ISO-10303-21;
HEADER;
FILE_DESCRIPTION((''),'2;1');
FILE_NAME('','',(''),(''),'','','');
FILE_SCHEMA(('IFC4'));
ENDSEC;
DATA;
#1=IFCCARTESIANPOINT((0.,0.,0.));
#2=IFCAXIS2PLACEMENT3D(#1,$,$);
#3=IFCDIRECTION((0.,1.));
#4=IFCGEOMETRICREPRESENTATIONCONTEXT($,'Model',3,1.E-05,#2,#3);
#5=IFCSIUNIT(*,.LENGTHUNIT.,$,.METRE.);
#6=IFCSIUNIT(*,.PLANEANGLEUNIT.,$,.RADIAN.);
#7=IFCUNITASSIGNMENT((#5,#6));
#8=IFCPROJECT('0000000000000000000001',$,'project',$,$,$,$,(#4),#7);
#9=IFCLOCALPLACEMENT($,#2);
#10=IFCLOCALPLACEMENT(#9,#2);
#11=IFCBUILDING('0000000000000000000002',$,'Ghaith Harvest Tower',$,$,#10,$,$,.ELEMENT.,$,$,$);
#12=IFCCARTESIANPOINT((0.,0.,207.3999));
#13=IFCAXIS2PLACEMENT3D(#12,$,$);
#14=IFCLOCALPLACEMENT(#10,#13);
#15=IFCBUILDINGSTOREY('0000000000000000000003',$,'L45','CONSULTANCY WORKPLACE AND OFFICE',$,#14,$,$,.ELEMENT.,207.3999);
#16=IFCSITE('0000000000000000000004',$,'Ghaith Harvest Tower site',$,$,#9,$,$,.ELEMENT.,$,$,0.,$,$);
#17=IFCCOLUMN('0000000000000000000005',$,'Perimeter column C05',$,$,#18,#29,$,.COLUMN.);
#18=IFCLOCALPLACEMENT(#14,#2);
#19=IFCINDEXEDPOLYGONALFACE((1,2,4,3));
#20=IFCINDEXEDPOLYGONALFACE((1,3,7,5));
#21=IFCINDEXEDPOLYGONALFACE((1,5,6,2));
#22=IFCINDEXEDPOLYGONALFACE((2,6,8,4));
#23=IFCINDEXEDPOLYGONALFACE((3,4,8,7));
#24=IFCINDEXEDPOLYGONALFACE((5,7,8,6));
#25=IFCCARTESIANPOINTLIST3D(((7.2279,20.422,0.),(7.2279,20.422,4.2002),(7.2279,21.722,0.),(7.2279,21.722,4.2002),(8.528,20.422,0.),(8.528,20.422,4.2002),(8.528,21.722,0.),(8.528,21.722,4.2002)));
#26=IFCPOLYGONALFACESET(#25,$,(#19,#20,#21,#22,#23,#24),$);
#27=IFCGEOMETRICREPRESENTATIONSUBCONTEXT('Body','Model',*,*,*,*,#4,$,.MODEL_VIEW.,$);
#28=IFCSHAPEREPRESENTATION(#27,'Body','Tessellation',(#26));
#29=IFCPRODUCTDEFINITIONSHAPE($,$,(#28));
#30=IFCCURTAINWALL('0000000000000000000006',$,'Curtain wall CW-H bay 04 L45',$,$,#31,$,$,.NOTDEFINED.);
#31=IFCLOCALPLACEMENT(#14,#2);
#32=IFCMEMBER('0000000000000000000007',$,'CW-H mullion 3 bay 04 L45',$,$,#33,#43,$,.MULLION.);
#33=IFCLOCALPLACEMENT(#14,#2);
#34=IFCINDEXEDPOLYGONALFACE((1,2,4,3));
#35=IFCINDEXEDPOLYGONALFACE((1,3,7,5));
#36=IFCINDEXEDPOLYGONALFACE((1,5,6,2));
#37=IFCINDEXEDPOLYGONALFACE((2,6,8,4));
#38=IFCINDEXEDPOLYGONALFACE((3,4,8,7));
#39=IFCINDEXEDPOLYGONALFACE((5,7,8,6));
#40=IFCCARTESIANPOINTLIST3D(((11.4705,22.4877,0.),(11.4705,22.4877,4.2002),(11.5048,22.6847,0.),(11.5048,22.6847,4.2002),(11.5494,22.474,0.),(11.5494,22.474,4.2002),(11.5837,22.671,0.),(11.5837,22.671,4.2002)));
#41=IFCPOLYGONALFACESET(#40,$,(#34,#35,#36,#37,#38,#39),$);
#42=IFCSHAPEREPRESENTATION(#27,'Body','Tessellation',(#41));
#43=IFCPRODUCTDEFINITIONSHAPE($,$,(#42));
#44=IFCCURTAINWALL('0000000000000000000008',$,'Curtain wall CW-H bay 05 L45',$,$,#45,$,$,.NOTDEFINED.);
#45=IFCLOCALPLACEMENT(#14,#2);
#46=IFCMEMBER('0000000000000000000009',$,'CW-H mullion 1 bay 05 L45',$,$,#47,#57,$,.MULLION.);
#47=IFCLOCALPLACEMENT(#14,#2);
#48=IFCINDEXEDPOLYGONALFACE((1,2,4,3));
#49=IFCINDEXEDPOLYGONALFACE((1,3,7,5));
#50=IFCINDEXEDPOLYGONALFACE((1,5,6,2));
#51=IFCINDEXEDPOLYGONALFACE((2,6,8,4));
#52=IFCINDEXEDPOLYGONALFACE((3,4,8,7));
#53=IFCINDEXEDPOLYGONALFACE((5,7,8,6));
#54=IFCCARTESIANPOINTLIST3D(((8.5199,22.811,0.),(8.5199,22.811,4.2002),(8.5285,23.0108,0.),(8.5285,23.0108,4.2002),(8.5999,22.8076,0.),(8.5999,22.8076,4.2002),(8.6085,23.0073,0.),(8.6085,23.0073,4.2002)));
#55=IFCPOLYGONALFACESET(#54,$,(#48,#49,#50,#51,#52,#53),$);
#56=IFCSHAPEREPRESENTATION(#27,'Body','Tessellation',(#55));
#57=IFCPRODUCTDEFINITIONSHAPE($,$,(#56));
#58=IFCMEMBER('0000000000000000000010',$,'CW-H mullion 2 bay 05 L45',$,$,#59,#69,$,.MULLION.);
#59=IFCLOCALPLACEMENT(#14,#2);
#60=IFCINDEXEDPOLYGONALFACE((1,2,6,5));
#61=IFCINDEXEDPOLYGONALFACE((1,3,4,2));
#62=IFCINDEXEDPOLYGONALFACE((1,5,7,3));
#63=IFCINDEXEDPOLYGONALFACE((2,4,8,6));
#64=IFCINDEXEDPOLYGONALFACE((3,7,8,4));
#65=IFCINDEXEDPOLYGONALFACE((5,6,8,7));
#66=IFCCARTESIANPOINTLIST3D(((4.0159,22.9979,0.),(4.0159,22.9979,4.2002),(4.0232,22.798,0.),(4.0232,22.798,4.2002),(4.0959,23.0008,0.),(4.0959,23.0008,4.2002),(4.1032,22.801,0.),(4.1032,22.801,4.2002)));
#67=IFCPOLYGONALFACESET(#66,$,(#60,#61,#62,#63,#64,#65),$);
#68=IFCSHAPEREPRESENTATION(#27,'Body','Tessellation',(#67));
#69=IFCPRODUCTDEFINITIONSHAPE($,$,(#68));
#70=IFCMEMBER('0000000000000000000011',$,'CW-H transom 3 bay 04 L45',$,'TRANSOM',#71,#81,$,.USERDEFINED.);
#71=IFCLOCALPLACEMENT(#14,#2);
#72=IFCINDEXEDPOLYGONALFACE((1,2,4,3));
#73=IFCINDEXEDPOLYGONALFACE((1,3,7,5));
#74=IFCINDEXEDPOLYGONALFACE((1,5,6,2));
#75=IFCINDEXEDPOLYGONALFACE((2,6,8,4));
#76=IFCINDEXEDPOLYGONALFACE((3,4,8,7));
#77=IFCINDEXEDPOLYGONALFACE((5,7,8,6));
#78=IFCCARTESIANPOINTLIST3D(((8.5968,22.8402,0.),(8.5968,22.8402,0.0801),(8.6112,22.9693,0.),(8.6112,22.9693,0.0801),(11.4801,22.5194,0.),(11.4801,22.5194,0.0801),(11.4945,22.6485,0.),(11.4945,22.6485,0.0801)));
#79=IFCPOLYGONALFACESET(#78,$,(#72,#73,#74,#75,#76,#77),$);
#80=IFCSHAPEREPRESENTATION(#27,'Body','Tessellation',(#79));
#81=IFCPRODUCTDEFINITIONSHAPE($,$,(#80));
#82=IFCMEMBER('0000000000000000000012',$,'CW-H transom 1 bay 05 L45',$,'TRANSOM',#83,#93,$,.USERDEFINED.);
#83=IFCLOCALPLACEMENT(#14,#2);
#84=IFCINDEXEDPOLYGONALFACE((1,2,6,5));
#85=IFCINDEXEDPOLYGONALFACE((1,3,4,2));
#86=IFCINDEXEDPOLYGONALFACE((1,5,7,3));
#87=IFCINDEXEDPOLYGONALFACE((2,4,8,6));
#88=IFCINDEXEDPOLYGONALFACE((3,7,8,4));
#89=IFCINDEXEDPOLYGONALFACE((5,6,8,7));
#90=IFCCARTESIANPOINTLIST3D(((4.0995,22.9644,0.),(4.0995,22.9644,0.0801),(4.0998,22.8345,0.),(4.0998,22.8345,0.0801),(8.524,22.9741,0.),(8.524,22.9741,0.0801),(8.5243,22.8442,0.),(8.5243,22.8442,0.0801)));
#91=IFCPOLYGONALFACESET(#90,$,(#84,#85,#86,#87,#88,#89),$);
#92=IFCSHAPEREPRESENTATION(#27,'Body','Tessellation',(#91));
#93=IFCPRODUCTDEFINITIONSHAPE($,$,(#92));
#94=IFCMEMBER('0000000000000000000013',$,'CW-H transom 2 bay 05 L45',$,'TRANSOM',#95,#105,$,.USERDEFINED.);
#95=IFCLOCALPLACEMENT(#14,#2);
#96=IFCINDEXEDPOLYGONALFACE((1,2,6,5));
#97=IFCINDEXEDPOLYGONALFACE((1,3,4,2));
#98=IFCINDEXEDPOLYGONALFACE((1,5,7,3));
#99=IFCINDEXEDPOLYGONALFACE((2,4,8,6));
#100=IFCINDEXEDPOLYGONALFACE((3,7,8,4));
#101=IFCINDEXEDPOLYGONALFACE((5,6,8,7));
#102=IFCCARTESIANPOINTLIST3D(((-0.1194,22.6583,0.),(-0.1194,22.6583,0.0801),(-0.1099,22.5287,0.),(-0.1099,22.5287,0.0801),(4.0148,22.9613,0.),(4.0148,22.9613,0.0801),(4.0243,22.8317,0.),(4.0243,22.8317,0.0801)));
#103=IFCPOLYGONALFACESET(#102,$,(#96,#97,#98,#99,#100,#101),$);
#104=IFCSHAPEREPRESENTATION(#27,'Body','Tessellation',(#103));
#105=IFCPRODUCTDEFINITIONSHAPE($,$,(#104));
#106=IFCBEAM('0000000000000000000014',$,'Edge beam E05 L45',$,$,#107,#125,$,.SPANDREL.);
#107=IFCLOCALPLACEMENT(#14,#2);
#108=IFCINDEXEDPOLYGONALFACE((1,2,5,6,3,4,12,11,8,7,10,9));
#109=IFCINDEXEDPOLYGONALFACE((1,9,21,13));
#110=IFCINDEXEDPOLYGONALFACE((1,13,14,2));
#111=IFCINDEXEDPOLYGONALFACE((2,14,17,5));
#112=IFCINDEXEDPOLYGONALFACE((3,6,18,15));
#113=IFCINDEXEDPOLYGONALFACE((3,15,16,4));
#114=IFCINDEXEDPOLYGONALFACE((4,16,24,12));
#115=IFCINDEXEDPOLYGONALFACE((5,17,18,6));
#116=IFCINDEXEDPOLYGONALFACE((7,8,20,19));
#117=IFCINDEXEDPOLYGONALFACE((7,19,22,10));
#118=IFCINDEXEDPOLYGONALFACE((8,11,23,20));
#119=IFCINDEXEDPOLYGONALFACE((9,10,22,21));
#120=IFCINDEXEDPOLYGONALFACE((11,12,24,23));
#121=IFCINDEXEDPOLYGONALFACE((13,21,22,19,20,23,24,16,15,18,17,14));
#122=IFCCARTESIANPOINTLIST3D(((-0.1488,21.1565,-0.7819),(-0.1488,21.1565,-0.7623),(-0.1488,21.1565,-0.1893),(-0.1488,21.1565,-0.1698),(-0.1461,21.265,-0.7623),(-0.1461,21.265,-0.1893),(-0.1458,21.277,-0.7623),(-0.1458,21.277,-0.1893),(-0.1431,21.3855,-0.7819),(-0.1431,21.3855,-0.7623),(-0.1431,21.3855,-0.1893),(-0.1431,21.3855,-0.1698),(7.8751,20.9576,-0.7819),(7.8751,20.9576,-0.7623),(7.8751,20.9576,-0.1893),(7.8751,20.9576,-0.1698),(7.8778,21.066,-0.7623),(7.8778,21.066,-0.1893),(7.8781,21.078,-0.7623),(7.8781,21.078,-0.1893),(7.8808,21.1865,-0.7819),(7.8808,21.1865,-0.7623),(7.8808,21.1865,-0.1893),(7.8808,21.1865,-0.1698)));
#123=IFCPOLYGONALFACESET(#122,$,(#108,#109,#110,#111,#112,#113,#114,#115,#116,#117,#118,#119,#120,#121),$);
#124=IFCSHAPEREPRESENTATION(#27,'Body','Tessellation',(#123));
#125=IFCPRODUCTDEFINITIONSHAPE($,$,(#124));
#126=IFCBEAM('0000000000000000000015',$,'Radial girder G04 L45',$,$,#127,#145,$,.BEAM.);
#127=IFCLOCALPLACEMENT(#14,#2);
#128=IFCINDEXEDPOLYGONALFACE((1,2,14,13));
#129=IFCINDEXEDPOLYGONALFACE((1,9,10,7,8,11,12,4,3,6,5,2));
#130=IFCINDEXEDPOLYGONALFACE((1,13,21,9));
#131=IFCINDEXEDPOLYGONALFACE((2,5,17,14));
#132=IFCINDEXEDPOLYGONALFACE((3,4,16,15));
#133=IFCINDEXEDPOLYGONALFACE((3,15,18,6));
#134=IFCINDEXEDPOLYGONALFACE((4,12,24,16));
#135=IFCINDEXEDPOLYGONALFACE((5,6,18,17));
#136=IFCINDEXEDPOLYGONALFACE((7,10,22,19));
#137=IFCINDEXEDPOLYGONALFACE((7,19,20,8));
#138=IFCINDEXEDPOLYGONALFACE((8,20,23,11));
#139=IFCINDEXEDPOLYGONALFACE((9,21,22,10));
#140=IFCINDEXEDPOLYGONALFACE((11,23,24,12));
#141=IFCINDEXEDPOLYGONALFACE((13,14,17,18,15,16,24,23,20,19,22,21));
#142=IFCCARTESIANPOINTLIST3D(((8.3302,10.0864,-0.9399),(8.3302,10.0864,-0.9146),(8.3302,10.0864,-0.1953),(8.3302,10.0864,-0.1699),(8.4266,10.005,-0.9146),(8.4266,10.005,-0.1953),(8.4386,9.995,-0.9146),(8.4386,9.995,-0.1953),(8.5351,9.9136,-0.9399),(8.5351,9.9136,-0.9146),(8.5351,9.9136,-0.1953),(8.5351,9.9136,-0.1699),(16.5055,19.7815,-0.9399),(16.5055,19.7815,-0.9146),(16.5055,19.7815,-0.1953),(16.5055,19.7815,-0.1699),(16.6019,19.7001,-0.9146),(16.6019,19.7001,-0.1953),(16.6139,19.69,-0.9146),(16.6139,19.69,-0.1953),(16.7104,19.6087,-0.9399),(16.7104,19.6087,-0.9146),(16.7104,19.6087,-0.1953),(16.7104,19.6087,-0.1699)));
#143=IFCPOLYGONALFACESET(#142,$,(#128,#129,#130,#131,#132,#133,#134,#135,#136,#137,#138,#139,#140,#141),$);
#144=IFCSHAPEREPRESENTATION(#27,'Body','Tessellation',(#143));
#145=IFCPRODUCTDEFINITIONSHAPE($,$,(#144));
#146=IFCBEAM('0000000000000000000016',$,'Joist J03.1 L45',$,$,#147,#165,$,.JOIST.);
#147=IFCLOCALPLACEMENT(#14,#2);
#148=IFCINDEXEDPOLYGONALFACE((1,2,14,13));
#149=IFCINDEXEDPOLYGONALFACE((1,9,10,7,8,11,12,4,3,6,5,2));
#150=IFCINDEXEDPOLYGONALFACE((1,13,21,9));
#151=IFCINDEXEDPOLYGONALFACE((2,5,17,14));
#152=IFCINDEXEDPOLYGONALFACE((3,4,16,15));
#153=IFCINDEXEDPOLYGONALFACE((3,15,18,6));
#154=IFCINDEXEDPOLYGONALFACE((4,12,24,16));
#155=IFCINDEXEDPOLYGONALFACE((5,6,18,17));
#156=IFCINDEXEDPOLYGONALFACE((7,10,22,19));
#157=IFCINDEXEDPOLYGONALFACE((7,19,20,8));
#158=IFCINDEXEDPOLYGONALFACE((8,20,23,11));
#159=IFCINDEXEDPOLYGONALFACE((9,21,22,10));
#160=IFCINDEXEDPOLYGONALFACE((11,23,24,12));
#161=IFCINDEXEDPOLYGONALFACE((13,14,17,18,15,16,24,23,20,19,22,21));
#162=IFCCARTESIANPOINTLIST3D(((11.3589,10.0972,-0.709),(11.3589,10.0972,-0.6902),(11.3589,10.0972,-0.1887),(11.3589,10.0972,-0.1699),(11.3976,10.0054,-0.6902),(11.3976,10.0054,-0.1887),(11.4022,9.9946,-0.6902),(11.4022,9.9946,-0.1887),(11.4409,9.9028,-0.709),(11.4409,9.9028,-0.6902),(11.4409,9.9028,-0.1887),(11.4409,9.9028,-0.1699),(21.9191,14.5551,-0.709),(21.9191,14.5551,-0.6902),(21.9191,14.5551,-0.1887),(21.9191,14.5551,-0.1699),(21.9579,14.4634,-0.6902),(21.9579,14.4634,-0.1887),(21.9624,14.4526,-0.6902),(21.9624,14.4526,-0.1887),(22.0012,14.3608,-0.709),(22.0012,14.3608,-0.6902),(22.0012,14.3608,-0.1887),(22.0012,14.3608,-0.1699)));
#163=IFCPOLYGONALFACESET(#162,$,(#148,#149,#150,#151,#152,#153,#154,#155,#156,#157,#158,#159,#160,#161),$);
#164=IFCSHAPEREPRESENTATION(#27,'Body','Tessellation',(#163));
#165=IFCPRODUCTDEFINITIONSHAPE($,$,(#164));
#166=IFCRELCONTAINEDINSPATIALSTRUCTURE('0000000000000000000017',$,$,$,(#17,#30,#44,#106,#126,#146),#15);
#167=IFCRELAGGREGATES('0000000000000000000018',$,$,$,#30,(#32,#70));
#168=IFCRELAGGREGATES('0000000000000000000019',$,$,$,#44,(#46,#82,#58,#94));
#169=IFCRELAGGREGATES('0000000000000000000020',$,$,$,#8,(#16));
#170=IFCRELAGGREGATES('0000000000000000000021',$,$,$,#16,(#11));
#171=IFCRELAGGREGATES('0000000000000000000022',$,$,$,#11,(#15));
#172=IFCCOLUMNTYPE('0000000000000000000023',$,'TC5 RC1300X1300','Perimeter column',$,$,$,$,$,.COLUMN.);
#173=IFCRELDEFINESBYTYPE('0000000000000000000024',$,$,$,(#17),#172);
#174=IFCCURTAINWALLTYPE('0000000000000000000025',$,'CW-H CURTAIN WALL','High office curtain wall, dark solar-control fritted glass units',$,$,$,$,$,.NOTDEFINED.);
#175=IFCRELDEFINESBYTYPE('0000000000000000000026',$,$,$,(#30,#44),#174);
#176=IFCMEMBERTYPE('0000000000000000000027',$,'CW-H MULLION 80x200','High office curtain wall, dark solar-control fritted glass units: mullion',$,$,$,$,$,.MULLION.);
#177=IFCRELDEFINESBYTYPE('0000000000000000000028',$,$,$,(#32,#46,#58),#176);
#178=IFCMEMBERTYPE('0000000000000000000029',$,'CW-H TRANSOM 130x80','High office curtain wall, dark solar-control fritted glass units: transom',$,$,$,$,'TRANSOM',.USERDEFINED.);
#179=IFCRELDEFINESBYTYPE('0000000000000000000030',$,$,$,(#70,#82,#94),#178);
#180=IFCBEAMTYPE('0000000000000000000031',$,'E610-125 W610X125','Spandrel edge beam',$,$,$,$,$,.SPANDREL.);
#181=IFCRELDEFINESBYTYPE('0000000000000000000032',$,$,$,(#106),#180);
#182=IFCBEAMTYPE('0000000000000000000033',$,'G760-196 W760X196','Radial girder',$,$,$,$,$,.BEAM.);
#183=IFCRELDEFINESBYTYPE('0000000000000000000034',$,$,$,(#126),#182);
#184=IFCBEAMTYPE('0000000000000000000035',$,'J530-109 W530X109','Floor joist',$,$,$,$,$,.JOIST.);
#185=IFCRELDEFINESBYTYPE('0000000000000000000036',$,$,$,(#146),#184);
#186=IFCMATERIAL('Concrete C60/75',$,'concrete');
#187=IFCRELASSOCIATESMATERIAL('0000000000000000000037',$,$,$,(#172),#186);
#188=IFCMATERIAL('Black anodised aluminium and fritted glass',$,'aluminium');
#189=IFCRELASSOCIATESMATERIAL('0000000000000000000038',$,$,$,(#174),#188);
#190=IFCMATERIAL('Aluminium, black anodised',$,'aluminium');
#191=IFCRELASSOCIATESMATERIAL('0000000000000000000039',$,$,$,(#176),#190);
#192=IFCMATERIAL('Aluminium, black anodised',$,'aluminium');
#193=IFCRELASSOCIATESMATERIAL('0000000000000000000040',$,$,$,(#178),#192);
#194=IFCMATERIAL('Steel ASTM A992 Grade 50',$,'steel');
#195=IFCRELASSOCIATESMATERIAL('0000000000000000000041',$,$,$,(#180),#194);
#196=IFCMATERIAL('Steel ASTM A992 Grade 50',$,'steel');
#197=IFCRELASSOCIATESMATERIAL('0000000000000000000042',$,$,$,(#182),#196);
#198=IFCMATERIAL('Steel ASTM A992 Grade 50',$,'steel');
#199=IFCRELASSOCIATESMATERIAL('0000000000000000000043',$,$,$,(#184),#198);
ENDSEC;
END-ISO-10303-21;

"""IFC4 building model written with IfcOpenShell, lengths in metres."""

from ifc_helpers import new_model, si_unit, direction, frame, origin, origin_2d, place, context, subcontext, project, spatial, rectangle, i_section, extrude, material, material_profile, profile_set, type_object, element, aggregate, save


model = new_model("IFC4")

# Units and contexts
model_context = context("Model", 3, precision=1e-05, world=origin(), true_north=direction((0.0, 1.0)))
body_context = subcontext(model_context, "Body", "Model", "MODEL_VIEW")
ifc_project = project(units=[si_unit("LENGTHUNIT", "METRE"), si_unit("PLANEANGLEUNIT", "RADIAN")], contexts=[model_context])

# Site, building, storey
site_placement = place(None, origin())
site = spatial("IfcSite", under=ifc_project, at=site_placement, Name="Ghaith Harvest Tower site", CompositionType="ELEMENT", RefElevation=0.0)
building_placement = place(site_placement, origin())
building = spatial("IfcBuilding", under=site, at=building_placement, Name="Ghaith Harvest Tower", CompositionType="ELEMENT")
storey_placement = place(building_placement, frame((0.0, 0.0, 207.3999)))
storey = spatial("IfcBuildingStorey", under=building, at=storey_placement, Name="L45", Description="CONSULTANCY WORKPLACE AND OFFICE", CompositionType="ELEMENT", Elevation=207.3999)

# Column
ifc_material_1 = material(Name="Concrete C60/75", Category="concrete")
ifc_material_profile_1 = material_profile(ifc_material_1, rectangle(XDim=1.3, YDim=1.3, at=origin_2d()), Name="RC1300X1300")
ifc_profile_set_1 = profile_set([ifc_material_profile_1], Name="Concrete C60/75")
column_type = type_object("IfcColumnType", Name="TC5 RC1300X1300", Description="Perimeter column", PredefinedType="COLUMN", material=ifc_profile_set_1)
column_placement = place(storey_placement, frame((7.8779, 21.072, 0.0), z_axis=(0.0, 0.0, 1.0), x_axis=(1.0, 0.0, 0.0)))
element("IfcColumn", 1, at=column_placement, inside=storey, type_object=column_type, Name="Perimeter column C05", PredefinedType="COLUMN", context=body_context, shape_type="SweptSolid", body=[
    extrude(rectangle(XDim=1.3, YDim=1.3, at=origin_2d()), origin(), (0.0, 0.0, 1.0), 4.2002),
])

# Curtain wall, member
ifc_material_2 = material(Name="Black anodised aluminium and fritted glass", Category="aluminium")
curtain_wall_type = type_object("IfcCurtainWallType", Name="CW-H CURTAIN WALL", Description="High office curtain wall, dark solar-control fritted glass units", PredefinedType="NOTDEFINED", material=ifc_material_2)
curtain_wall_1_placement = place(storey_placement, origin())
curtain_wall_1 = element("IfcCurtainWall", 2, at=curtain_wall_1_placement, inside=storey, type_object=curtain_wall_type, Name="Curtain wall CW-H bay 04 L45", PredefinedType="NOTDEFINED")
ifc_material_3 = material(Name="Aluminium, black anodised", Category="aluminium")
ifc_material_profile_2 = material_profile(ifc_material_3, rectangle(XDim=0.0801, YDim=0.2, at=origin_2d()), Name="CW-H MULLION 80x200")
ifc_profile_set_2 = profile_set([ifc_material_profile_2], Name="Aluminium, black anodised")
member_type_1 = type_object("IfcMemberType", Name="CW-H MULLION 80x200", Description="High office curtain wall, dark solar-control fritted glass units: mullion", PredefinedType="MULLION", material=ifc_profile_set_2)
member_1_placement = place(storey_placement, frame((11.5271, 22.5793, 0.0), z_axis=(0.0, 0.0, 1.0), x_axis=(-0.985193, 0.171447, 0.0)))
member_1 = element("IfcMember", 3, at=member_1_placement, type_object=member_type_1, Name="CW-H mullion 3 bay 04 L45", PredefinedType="MULLION", context=body_context, shape_type="SweptSolid", body=[
    extrude(rectangle(XDim=0.0801, YDim=0.2, at=origin_2d()), origin(), (0.0, 0.0, 1.0), 4.2002),
])

# Curtain wall, members
curtain_wall_2_placement = place(storey_placement, origin())
curtain_wall_2 = element("IfcCurtainWall", 4, at=curtain_wall_2_placement, inside=storey, type_object=curtain_wall_type, Name="Curtain wall CW-H bay 05 L45", PredefinedType="NOTDEFINED")
member_2_placement = place(storey_placement, frame((8.5642, 22.9092, 0.0), z_axis=(0.0, 0.0, 1.0), x_axis=(-0.999084, 0.042803, 0.0)))
member_2 = element("IfcMember", 5, at=member_2_placement, type_object=member_type_1, Name="CW-H mullion 1 bay 05 L45", PredefinedType="MULLION", context=body_context, shape_type="SweptSolid", body=[
    extrude(rectangle(XDim=0.0801, YDim=0.2, at=origin_2d()), origin(), (0.0, 0.0, 1.0), 4.2002),
])
member_3_placement = place(storey_placement, frame((4.0596, 22.8994, 0.0), z_axis=(0.0, 0.0, 1.0), x_axis=(-0.999333, -0.036524, 0.0)))
member_3 = element("IfcMember", 6, at=member_3_placement, type_object=member_type_1, Name="CW-H mullion 2 bay 05 L45", PredefinedType="MULLION", context=body_context, shape_type="SweptSolid", body=[
    extrude(rectangle(XDim=0.0801, YDim=0.2, at=origin_2d()), origin(), (0.0, 0.0, 1.0), 4.2002),
])

# Members
ifc_material_4 = material(Name="Aluminium, black anodised", Category="aluminium")
ifc_material_profile_3 = material_profile(ifc_material_4, rectangle(XDim=0.1299, YDim=0.0801, at=origin_2d()), Name="CW-H TRANSOM 130x80")
ifc_profile_set_3 = profile_set([ifc_material_profile_3], Name="Aluminium, black anodised")
member_type_2 = type_object("IfcMemberType", Name="CW-H TRANSOM 130x80", Description="High office curtain wall, dark solar-control fritted glass units: transom", ElementType="TRANSOM", PredefinedType="USERDEFINED", material=ifc_profile_set_3)
member_4_placement = place(storey_placement, frame((11.4873, 22.584, 0.04), z_axis=(-0.993867, 0.110579, 0.0), x_axis=(-0.110579, -0.993867, 0.0)))
member_4 = element("IfcMember", 7, at=member_4_placement, type_object=member_type_2, Name="CW-H transom 3 bay 04 L45", ObjectType="TRANSOM", PredefinedType="USERDEFINED", context=body_context, shape_type="SweptSolid", body=[
    extrude(rectangle(XDim=0.1299, YDim=0.0801, at=origin_2d()), origin(), (0.0, 0.0, 1.0), 2.9011),
])
member_5_placement = place(storey_placement, frame((8.5242, 22.9092, 0.04), z_axis=(-0.999998, -0.002207, 0.0), x_axis=(0.002207, -0.999998, 0.0)))
member_5 = element("IfcMember", 8, at=member_5_placement, type_object=member_type_2, Name="CW-H transom 1 bay 05 L45", ObjectType="TRANSOM", PredefinedType="USERDEFINED", context=body_context, shape_type="SweptSolid", body=[
    extrude(rectangle(XDim=0.1299, YDim=0.0801, at=origin_2d()), origin(), (0.0, 0.0, 1.0), 4.4246),
])
member_6_placement = place(storey_placement, frame((4.0195, 22.8965, 0.04), z_axis=(-0.997325, -0.073089, 0.0), x_axis=(0.073089, -0.997325, 0.0)))
member_6 = element("IfcMember", 9, at=member_6_placement, type_object=member_type_2, Name="CW-H transom 2 bay 05 L45", ObjectType="TRANSOM", PredefinedType="USERDEFINED", context=body_context, shape_type="SweptSolid", body=[
    extrude(rectangle(XDim=0.1299, YDim=0.0801, at=origin_2d()), origin(), (0.0, 0.0, 1.0), 4.1453),
])

# Beams
ifc_material_5 = material(Name="Steel ASTM A992 Grade 50", Category="steel")
ifc_material_profile_4 = material_profile(ifc_material_5, i_section(OverallWidth=0.229, OverallDepth=0.6121, WebThickness=0.012, FlangeThickness=0.0195, at=origin_2d()), Name="W610X125")
ifc_profile_set_4 = profile_set([ifc_material_profile_4], Name="Steel ASTM A992 Grade 50")
beam_type_1 = type_object("IfcBeamType", Name="E610-125 W610X125", Description="Spandrel edge beam", PredefinedType="SPANDREL", material=ifc_profile_set_4)
beam_1_placement = place(storey_placement, frame((7.8779, 21.072, -0.4758), z_axis=(-0.999693, 0.02479, 0.0), x_axis=(-0.02479, -0.999693, 0.0)))
element("IfcBeam", 10, at=beam_1_placement, inside=storey, type_object=beam_type_1, Name="Edge beam E05 L45", PredefinedType="SPANDREL", context=body_context, shape_type="SweptSolid", body=[
    extrude(i_section(OverallWidth=0.229, OverallDepth=0.6121, WebThickness=0.012, FlangeThickness=0.0195, at=origin_2d()), origin(), (0.0, 0.0, 1.0), 8.0264),
])
ifc_material_6 = material(Name="Steel ASTM A992 Grade 50", Category="steel")
ifc_material_profile_5 = material_profile(ifc_material_6, i_section(OverallWidth=0.2681, OverallDepth=0.77, WebThickness=0.0156, FlangeThickness=0.0254, at=origin_2d()), Name="W760X196")
ifc_profile_set_5 = profile_set([ifc_material_profile_5], Name="Steel ASTM A992 Grade 50")
beam_type_2 = type_object("IfcBeamType", Name="G760-196 W760X196", Description="Radial girder", PredefinedType="BEAM", material=ifc_profile_set_5)
beam_2_placement = place(storey_placement, frame((8.4326, 10.0, -0.5549), z_axis=(0.644644, 0.764483, 0.0), x_axis=(-0.764483, 0.644644, 0.0)))
element("IfcBeam", 11, at=beam_2_placement, inside=storey, type_object=beam_type_2, Name="Radial girder G04 L45", PredefinedType="BEAM", context=body_context, shape_type="SweptSolid", body=[
    extrude(i_section(OverallWidth=0.2681, OverallDepth=0.77, WebThickness=0.0156, FlangeThickness=0.0254, at=origin_2d()), origin(), (0.0, 0.0, 1.0), 12.6819),
])
ifc_material_7 = material(Name="Steel ASTM A992 Grade 50", Category="steel")
ifc_material_profile_6 = material_profile(ifc_material_7, i_section(OverallWidth=0.2109, OverallDepth=0.5391, WebThickness=0.0117, FlangeThickness=0.0188, at=origin_2d()), Name="W530X109")
ifc_profile_set_6 = profile_set([ifc_material_profile_6], Name="Steel ASTM A992 Grade 50")
beam_type_3 = type_object("IfcBeamType", Name="J530-109 W530X109", Description="Floor joist", PredefinedType="JOIST", material=ifc_profile_set_6)
beam_3_placement = place(storey_placement, frame((11.3999, 10.0, -0.4395), z_axis=(0.921274, 0.388914, 0.0), x_axis=(-0.388914, 0.921274, 0.0)))
element("IfcBeam", 12, at=beam_3_placement, inside=storey, type_object=beam_type_3, Name="Joist J03.1 L45", PredefinedType="JOIST", context=body_context, shape_type="SweptSolid", body=[
    extrude(i_section(OverallWidth=0.2109, OverallDepth=0.5391, WebThickness=0.0117, FlangeThickness=0.0188, at=origin_2d()), origin(), (0.0, 0.0, 1.0), 11.4626),
])

aggregate(curtain_wall_1, [member_1, member_4])
aggregate(curtain_wall_2, [member_2, member_5, member_3, member_6])

save(model, "model.ifc")
